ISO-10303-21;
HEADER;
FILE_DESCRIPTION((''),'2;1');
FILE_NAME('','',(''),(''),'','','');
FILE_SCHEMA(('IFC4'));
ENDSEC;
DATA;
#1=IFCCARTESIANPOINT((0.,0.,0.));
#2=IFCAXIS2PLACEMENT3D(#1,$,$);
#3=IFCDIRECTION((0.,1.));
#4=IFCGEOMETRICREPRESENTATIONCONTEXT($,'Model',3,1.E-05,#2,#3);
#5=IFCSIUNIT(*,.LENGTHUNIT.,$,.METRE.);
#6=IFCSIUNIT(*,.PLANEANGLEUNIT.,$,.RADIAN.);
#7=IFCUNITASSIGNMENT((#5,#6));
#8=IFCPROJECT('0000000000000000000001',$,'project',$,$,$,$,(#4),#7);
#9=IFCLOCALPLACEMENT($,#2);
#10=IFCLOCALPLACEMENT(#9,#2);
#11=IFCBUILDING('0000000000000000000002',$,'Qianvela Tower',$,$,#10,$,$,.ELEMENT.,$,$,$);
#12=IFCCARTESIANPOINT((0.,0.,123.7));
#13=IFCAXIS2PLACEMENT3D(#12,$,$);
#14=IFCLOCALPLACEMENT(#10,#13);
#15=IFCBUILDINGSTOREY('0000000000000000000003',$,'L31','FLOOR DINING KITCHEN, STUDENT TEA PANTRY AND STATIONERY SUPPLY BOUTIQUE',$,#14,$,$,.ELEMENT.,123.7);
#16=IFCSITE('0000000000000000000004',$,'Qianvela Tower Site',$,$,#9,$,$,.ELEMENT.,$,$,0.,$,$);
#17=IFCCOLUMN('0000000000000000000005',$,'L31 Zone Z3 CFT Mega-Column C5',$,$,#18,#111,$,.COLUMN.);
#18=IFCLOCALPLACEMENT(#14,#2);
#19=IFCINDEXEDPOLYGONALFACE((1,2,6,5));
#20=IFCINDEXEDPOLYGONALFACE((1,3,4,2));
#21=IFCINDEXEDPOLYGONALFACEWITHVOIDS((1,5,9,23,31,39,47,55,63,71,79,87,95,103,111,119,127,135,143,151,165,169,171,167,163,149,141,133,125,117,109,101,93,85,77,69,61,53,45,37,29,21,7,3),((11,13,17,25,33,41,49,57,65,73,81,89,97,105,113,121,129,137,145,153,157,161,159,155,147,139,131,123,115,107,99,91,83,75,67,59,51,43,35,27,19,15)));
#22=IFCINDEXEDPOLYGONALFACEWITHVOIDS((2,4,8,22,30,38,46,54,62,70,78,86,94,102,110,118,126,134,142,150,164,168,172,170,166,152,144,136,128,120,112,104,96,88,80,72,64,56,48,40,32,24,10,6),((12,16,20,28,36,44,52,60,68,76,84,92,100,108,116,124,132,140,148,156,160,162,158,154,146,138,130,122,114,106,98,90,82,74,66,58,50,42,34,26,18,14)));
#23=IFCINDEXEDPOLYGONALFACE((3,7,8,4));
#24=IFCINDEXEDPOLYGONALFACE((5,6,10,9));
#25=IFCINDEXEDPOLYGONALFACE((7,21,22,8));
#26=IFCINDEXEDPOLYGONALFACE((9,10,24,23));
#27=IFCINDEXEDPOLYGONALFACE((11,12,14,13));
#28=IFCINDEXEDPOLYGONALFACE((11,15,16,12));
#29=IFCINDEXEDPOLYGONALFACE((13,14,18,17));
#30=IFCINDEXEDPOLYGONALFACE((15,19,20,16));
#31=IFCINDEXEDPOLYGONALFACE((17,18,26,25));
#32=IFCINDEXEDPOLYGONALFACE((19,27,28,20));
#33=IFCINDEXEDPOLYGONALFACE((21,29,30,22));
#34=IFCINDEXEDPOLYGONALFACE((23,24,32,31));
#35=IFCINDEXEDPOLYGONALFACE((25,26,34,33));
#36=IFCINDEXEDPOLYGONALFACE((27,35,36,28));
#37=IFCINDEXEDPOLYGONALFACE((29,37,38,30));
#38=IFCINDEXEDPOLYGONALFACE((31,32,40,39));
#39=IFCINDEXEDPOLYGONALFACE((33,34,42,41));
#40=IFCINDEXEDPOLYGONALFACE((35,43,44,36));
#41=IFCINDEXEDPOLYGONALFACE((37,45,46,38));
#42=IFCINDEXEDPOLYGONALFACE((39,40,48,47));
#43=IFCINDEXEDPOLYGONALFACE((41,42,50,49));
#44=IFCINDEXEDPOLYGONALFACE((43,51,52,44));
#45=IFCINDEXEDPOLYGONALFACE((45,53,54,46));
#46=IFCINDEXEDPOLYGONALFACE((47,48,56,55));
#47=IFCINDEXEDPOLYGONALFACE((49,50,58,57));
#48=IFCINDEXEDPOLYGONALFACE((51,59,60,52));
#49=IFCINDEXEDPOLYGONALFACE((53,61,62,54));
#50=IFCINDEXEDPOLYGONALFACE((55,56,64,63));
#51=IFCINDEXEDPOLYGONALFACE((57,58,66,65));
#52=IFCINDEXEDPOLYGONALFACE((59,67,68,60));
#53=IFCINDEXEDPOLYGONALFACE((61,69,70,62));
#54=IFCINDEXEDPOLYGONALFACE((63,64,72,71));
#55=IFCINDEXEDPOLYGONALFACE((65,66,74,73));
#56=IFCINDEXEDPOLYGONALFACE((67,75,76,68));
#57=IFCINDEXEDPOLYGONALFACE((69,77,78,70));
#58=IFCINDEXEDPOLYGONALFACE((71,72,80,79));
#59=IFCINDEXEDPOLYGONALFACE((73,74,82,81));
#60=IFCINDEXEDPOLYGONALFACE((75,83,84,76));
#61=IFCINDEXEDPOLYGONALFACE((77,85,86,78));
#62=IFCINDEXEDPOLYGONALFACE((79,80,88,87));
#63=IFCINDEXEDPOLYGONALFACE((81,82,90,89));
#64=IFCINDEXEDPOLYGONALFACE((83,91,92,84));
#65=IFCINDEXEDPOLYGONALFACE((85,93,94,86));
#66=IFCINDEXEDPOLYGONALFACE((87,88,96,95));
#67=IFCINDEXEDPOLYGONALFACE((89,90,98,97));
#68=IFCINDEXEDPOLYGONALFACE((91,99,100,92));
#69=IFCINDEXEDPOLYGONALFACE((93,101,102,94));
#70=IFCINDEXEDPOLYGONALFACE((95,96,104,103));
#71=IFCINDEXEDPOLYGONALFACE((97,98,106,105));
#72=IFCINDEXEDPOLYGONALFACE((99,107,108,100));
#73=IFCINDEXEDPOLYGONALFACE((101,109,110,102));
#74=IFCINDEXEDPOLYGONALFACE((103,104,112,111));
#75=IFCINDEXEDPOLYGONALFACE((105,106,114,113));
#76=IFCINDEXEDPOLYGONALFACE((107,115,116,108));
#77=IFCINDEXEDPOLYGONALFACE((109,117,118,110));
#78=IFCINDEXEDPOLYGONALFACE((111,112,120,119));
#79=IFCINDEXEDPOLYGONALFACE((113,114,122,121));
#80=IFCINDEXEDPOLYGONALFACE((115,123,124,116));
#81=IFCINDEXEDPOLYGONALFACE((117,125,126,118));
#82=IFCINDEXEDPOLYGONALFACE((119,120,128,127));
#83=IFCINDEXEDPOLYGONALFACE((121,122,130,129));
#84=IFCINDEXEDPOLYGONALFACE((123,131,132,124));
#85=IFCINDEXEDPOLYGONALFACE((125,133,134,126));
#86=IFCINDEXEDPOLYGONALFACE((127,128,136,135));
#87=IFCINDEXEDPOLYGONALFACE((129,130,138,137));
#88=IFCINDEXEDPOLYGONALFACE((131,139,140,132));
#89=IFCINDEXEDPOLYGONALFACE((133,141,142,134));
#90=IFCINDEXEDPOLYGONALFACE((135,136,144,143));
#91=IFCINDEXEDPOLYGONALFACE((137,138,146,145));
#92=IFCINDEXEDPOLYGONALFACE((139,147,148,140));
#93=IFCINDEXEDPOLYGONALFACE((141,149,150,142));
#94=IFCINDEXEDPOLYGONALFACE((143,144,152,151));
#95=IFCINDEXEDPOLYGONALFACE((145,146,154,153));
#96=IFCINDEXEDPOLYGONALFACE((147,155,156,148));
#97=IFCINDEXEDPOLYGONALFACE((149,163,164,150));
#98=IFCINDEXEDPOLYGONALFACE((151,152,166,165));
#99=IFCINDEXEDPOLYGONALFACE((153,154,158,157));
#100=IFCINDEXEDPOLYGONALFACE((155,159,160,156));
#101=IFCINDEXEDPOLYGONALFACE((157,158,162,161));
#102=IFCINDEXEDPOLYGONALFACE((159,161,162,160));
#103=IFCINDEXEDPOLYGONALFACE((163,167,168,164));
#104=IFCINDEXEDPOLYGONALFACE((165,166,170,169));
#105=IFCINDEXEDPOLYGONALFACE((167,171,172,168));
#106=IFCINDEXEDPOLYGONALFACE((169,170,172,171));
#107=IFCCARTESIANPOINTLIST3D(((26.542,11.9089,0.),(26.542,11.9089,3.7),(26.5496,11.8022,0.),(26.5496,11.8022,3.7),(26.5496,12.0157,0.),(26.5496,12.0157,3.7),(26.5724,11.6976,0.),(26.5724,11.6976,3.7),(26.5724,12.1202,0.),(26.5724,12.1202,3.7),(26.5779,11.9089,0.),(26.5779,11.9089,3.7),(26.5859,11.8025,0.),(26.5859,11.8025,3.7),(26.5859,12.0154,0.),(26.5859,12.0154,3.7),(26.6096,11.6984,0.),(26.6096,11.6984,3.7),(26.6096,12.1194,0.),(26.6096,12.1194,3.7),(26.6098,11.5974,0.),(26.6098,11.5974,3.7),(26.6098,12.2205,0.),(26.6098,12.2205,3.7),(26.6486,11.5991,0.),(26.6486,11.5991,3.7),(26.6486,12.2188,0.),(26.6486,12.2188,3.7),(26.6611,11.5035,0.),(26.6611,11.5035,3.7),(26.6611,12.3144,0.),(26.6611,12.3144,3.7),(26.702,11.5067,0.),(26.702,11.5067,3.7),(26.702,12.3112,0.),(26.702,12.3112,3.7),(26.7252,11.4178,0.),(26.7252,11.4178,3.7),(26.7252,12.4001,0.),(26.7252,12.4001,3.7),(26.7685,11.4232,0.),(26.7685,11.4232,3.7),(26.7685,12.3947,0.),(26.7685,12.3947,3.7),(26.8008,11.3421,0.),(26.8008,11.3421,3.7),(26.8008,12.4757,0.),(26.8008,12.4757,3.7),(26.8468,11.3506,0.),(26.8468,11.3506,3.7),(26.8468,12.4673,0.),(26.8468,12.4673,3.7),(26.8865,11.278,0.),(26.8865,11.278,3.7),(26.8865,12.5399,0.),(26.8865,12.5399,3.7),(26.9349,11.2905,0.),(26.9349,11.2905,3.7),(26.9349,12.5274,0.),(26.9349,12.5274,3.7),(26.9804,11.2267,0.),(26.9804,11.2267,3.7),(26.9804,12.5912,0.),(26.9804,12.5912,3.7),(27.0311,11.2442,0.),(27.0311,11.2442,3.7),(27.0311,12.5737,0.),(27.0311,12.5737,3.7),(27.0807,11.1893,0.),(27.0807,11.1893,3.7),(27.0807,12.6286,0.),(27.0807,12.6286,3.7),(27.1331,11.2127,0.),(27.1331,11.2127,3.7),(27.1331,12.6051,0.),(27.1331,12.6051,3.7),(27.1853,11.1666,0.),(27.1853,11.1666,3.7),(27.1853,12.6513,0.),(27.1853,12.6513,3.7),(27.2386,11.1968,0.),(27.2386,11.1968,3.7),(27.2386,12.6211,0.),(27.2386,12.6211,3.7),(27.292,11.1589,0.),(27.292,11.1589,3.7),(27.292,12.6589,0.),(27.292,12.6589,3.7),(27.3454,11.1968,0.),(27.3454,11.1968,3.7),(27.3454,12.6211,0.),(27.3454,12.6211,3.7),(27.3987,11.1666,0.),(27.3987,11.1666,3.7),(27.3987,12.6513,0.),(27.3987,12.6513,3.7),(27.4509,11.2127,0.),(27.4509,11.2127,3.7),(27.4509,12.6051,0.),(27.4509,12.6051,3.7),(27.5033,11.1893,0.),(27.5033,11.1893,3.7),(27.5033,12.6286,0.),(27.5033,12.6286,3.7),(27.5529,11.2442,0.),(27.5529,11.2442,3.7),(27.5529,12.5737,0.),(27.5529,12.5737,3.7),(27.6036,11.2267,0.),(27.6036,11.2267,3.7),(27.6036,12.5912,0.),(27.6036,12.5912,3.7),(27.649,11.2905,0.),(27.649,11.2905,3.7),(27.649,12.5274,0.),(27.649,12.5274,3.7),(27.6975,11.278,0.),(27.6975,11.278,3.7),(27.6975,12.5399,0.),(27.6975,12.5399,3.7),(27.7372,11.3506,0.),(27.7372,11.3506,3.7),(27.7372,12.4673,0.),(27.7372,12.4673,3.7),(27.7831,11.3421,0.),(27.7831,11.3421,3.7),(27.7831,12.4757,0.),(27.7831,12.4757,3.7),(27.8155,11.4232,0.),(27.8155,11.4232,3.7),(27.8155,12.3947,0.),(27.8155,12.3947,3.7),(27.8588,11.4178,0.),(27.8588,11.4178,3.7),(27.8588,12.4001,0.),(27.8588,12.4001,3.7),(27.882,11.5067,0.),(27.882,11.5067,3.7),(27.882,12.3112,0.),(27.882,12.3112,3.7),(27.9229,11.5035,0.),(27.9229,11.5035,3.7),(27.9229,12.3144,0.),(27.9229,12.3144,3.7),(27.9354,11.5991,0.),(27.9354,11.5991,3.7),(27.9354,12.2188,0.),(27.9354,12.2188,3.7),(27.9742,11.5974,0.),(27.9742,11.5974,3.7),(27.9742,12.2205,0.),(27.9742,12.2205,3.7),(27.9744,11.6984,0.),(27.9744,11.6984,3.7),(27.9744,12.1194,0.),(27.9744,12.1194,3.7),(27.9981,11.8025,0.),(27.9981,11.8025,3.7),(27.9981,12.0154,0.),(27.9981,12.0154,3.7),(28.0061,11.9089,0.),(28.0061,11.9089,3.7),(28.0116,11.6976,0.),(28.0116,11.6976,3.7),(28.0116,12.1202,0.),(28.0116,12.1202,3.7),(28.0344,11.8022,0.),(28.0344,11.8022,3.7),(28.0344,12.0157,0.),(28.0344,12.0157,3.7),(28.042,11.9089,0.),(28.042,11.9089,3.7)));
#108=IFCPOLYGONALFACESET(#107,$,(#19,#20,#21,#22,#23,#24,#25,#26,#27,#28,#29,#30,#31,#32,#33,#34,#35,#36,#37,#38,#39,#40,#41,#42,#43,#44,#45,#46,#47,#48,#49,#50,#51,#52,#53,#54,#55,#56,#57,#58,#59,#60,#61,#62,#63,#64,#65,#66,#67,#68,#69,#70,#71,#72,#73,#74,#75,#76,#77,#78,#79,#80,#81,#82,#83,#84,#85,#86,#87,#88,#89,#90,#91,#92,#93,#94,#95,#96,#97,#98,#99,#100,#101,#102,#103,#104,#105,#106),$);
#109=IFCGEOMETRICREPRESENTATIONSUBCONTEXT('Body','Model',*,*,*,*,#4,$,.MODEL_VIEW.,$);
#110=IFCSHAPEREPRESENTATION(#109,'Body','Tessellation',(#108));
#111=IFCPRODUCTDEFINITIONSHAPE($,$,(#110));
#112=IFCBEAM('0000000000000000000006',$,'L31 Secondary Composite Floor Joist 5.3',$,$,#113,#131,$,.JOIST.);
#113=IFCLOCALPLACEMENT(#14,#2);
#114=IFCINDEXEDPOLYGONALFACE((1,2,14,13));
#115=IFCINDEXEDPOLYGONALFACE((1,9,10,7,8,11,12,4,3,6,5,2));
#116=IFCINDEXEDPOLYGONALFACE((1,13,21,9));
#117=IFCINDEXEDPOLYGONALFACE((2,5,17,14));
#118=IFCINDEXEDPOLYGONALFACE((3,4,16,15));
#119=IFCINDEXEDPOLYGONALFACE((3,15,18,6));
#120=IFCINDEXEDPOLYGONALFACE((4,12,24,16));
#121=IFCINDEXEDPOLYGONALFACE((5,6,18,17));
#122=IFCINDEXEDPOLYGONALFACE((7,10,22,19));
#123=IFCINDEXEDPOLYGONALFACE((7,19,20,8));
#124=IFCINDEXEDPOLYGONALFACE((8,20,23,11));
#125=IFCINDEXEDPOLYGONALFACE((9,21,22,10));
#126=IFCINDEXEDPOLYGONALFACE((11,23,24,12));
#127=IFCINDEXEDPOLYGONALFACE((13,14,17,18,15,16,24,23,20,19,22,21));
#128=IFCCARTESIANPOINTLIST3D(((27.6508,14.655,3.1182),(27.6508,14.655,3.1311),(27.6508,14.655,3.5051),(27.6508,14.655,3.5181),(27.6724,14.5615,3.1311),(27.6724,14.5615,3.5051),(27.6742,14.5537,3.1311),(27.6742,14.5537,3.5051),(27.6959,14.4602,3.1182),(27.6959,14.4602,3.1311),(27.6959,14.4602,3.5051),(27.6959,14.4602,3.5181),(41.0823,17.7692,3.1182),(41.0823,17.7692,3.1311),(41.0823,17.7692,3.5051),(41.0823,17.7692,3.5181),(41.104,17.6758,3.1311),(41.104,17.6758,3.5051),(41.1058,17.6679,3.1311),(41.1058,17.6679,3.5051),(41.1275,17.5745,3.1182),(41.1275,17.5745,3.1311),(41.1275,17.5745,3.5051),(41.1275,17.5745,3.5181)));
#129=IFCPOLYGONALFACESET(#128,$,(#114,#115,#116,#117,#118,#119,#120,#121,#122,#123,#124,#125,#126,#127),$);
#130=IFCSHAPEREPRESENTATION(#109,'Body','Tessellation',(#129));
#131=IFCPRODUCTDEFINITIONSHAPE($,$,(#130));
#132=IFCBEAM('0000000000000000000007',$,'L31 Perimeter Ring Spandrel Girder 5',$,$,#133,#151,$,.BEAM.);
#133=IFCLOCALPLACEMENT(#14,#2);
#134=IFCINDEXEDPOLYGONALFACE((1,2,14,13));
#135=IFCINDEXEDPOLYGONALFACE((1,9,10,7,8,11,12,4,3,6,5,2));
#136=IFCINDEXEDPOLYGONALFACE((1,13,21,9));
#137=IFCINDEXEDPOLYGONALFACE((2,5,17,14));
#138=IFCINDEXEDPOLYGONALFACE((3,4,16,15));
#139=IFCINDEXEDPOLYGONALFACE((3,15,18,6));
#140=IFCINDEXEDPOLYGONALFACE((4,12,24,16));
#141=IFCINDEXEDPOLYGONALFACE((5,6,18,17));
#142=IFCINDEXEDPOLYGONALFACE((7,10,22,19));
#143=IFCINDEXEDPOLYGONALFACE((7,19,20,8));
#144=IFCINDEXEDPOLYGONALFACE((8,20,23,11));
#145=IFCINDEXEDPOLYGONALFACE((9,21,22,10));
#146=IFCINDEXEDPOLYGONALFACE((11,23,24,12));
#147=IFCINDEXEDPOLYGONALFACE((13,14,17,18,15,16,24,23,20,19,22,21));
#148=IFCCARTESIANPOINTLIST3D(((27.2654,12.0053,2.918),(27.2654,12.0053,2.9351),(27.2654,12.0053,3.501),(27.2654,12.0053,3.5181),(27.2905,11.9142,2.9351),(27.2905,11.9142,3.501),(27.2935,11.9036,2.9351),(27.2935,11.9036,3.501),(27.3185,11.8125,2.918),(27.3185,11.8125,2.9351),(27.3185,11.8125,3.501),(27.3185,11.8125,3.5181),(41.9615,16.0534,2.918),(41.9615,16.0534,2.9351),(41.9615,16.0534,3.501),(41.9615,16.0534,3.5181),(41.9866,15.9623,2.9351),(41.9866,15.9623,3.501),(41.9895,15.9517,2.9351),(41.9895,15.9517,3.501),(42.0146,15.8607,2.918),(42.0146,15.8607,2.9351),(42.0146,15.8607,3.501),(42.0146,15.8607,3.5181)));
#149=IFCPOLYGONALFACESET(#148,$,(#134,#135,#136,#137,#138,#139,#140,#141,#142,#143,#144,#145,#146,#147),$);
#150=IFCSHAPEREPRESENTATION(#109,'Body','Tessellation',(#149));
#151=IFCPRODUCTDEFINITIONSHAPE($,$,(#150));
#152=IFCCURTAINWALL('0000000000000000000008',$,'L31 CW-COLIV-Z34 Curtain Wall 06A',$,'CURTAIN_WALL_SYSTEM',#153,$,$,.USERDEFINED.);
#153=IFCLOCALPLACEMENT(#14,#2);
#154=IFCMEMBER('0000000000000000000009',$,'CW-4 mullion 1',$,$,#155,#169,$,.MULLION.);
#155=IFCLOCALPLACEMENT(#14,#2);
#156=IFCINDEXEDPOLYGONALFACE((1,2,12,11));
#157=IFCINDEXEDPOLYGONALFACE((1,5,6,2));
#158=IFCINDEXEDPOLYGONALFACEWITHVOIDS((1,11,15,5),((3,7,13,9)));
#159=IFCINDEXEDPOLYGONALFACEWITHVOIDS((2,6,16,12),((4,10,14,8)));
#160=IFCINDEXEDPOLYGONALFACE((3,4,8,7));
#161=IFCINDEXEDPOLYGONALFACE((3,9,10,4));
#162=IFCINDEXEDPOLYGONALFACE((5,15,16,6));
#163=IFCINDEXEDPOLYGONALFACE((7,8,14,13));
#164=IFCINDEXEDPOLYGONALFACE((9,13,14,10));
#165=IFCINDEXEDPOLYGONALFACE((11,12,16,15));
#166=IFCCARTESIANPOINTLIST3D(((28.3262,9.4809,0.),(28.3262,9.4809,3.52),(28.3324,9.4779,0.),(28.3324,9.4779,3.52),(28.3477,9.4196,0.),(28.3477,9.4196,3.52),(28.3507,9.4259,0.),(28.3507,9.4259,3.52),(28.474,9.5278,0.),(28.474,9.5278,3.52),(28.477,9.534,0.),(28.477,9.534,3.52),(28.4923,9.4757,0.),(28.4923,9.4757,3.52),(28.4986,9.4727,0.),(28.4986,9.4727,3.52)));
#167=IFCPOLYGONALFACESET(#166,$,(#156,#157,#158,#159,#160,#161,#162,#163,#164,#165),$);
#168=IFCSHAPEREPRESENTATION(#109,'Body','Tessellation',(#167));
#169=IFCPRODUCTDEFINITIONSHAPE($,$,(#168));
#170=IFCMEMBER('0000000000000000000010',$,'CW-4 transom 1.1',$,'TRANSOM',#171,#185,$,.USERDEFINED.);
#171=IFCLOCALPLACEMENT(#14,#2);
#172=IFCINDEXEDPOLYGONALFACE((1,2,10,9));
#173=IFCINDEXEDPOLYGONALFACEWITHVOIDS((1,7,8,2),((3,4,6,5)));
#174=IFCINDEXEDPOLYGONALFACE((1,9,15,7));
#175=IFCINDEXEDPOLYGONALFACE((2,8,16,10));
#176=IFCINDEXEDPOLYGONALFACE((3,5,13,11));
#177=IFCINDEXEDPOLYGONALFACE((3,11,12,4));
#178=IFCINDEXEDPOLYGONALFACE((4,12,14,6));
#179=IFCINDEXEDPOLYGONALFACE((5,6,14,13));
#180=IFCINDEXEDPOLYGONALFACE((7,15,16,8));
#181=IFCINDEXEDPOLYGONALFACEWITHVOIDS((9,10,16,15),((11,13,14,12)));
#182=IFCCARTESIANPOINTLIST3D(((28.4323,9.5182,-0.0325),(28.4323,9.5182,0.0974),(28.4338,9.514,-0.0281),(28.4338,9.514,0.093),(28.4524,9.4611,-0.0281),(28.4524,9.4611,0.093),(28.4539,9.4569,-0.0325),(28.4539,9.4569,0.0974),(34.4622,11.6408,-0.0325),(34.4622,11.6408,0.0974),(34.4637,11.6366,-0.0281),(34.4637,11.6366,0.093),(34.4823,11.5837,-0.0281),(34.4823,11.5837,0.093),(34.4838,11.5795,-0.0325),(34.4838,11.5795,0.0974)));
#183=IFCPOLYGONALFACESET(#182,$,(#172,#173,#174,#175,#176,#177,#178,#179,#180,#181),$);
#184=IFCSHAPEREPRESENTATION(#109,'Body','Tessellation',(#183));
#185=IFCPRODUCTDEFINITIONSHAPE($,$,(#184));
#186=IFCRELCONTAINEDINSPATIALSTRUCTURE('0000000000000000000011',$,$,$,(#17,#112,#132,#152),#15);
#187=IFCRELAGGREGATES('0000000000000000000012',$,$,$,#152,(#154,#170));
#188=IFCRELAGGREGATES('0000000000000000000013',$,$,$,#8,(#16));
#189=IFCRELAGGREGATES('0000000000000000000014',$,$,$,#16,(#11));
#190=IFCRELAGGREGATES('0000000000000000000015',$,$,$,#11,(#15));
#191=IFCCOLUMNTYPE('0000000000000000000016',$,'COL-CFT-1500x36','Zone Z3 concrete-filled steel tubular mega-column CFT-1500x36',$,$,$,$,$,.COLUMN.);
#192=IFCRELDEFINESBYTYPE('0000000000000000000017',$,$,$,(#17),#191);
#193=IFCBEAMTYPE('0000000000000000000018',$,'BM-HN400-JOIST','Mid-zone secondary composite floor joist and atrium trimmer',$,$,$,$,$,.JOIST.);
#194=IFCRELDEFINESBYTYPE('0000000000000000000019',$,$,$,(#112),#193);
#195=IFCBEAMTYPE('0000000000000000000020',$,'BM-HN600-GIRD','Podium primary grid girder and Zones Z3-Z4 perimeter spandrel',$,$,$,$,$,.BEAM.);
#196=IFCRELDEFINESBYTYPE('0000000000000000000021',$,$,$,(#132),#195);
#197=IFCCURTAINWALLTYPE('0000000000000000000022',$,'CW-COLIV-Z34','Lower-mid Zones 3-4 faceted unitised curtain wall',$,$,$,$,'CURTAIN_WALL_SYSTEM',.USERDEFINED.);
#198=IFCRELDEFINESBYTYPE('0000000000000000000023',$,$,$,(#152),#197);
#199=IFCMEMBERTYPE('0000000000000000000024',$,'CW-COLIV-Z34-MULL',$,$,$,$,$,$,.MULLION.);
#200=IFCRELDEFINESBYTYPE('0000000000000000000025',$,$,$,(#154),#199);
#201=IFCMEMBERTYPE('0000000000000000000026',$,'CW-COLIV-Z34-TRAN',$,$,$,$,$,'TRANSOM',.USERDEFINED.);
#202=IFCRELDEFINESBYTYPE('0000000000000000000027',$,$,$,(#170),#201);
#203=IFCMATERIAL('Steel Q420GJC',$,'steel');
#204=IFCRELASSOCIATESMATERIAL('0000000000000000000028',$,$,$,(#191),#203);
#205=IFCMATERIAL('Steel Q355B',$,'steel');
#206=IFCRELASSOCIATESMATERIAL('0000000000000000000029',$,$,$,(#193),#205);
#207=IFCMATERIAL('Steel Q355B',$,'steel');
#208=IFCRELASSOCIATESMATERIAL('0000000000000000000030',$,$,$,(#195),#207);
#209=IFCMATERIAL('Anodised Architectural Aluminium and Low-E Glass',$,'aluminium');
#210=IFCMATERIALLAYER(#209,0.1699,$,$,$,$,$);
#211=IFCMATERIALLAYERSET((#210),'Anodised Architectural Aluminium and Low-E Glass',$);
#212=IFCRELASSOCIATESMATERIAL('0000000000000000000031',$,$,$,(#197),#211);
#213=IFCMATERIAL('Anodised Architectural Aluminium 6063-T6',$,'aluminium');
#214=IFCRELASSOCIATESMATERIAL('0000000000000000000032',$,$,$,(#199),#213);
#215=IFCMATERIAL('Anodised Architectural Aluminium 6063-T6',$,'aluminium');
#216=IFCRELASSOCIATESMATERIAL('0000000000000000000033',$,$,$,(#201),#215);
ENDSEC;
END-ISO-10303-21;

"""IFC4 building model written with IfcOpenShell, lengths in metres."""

from ifc_helpers import new_model, si_unit, direction, frame, origin, origin_2d, place, context, subcontext, project, spatial, hollow_rectangle, hollow_circle, i_section, extrude, material, layer, layer_set, material_profile, profile_set, type_object, element, aggregate, save


model = new_model("IFC4")

# Units and contexts
model_context = context("Model", 3, precision=1e-05, world=origin(), true_north=direction((0.0, 1.0)))
body_context = subcontext(model_context, "Body", "Model", "MODEL_VIEW")
ifc_project = project(units=[si_unit("LENGTHUNIT", "METRE"), si_unit("PLANEANGLEUNIT", "RADIAN")], contexts=[model_context])

# Site, building, storey
site_placement = place(None, origin())
site = spatial("IfcSite", under=ifc_project, at=site_placement, Name="Qianvela Tower Site", CompositionType="ELEMENT", RefElevation=0.0)
building_placement = place(site_placement, origin())
building = spatial("IfcBuilding", under=site, at=building_placement, Name="Qianvela Tower", CompositionType="ELEMENT")
storey_placement = place(building_placement, frame((0.0, 0.0, 123.7)))
storey = spatial("IfcBuildingStorey", under=building, at=storey_placement, Name="L31", Description="FLOOR DINING KITCHEN, STUDENT TEA PANTRY AND STATIONERY SUPPLY BOUTIQUE", CompositionType="ELEMENT", Elevation=123.7)

# Column
ifc_material_1 = material(Name="Steel Q420GJC", Category="steel")
ifc_material_profile_1 = material_profile(ifc_material_1, hollow_circle(Radius=0.75, WallThickness=0.0359, at=origin_2d()), Name="CFT-1500x36")
ifc_profile_set_1 = profile_set([ifc_material_profile_1], Name="Steel Q420GJC")
column_type = type_object("IfcColumnType", Name="COL-CFT-1500x36", Description="Zone Z3 concrete-filled steel tubular mega-column CFT-1500x36", PredefinedType="COLUMN", material=ifc_profile_set_1)
column_placement = place(storey_placement, frame((27.292, 11.9089, 0.0), z_axis=(0.0, 0.0, 1.0), x_axis=(1.0, 0.0, 0.0)))
element("IfcColumn", 1, at=column_placement, inside=storey, type_object=column_type, Name="L31 Zone Z3 CFT Mega-Column C5", PredefinedType="COLUMN", context=body_context, shape_type="SweptSolid", body=[
    extrude(hollow_circle(Radius=0.75, WallThickness=0.0359, at=origin_2d()), origin(), (0.0, 0.0, 1.0), 3.7),
])

# Beams
ifc_material_2 = material(Name="Steel Q355B", Category="steel")
ifc_material_profile_2 = material_profile(ifc_material_2, i_section(OverallWidth=0.2, OverallDepth=0.3999, WebThickness=0.0081, FlangeThickness=0.0129, at=origin_2d()), Name="HN400x200x8x13")
ifc_profile_set_2 = profile_set([ifc_material_profile_2], Name="Steel Q355B")
beam_type_1 = type_object("IfcBeamType", Name="BM-HN400-JOIST", Description="Mid-zone secondary composite floor joist and atrium trimmer", PredefinedType="JOIST", material=ifc_profile_set_2)
beam_1_placement = place(storey_placement, frame((27.6733, 14.5576, 3.3181), z_axis=(0.974158, 0.225868, 0.0), x_axis=(-0.225868, 0.974158, 0.0)))
element("IfcBeam", 2, at=beam_1_placement, inside=storey, type_object=beam_type_1, Name="L31 Secondary Composite Floor Joist 5.3", PredefinedType="JOIST", context=body_context, shape_type="SweptSolid", body=[
    extrude(i_section(OverallWidth=0.2, OverallDepth=0.3999, WebThickness=0.0081, FlangeThickness=0.0129, at=origin_2d()), origin(), (0.0, 0.0, 1.0), 13.7878),
])
ifc_material_3 = material(Name="Steel Q355B", Category="steel")
ifc_material_profile_3 = material_profile(ifc_material_3, i_section(OverallWidth=0.2, OverallDepth=0.6001, WebThickness=0.011, FlangeThickness=0.0171, at=origin_2d()), Name="HN600x200x11x17")
ifc_profile_set_3 = profile_set([ifc_material_profile_3], Name="Steel Q355B")
beam_type_2 = type_object("IfcBeamType", Name="BM-HN600-GIRD", Description="Podium primary grid girder and Zones Z3-Z4 perimeter spandrel", PredefinedType="BEAM", material=ifc_profile_set_3)
beam_2_placement = place(storey_placement, frame((27.292, 11.9089, 3.218), z_axis=(0.964093, 0.265564, 0.0), x_axis=(-0.265564, 0.964093, 0.0)))
element("IfcBeam", 3, at=beam_2_placement, inside=storey, type_object=beam_type_2, Name="L31 Perimeter Ring Spandrel Girder 5", PredefinedType="BEAM", context=body_context, shape_type="SweptSolid", body=[
    extrude(i_section(OverallWidth=0.2, OverallDepth=0.6001, WebThickness=0.011, FlangeThickness=0.0171, at=origin_2d()), origin(), (0.0, 0.0, 1.0), 15.2434),
])

# Curtain wall, members
ifc_material_4 = material(Name="Anodised Architectural Aluminium and Low-E Glass", Category="aluminium")
ifc_layer_1 = layer(ifc_material_4, 0.1699)
ifc_layer_set_1 = layer_set([ifc_layer_1], Name="Anodised Architectural Aluminium and Low-E Glass")
curtain_wall_type = type_object("IfcCurtainWallType", Name="CW-COLIV-Z34", Description="Lower-mid Zones 3-4 faceted unitised curtain wall", ElementType="CURTAIN_WALL_SYSTEM", PredefinedType="USERDEFINED", material=ifc_layer_set_1)
curtain_wall_placement = place(storey_placement, origin())
curtain_wall = element("IfcCurtainWall", 4, at=curtain_wall_placement, inside=storey, type_object=curtain_wall_type, Name="L31 CW-COLIV-Z34 Curtain Wall 06A", ObjectType="CURTAIN_WALL_SYSTEM", PredefinedType="USERDEFINED")
ifc_material_5 = material(Name="Anodised Architectural Aluminium 6063-T6", Category="aluminium")
ifc_material_profile_4 = material_profile(ifc_material_5, hollow_rectangle(XDim=0.0649, YDim=0.1599, WallThickness=0.0049, at=origin_2d()), Name="ALU-MULL-65x160")
ifc_profile_set_4 = profile_set([ifc_material_profile_4], Name="Anodised Architectural Aluminium 6063-T6")
member_type_1 = type_object("IfcMemberType", Name="CW-COLIV-Z34-MULL", PredefinedType="MULLION", material=ifc_profile_set_4)
member_1_placement = place(storey_placement, frame((28.4124, 9.4768, 0.0), z_axis=(0.0, 0.0, 1.0), x_axis=(-0.33205, 0.943262, 0.0)))
member_1 = element("IfcMember", 5, at=member_1_placement, type_object=member_type_1, Name="CW-4 mullion 1", PredefinedType="MULLION", context=body_context, shape_type="SweptSolid", body=[
    extrude(hollow_rectangle(XDim=0.0649, YDim=0.1599, WallThickness=0.0049, at=origin_2d()), origin(), (0.0, 0.0, 1.0), 3.52),
])
ifc_material_6 = material(Name="Anodised Architectural Aluminium 6063-T6", Category="aluminium")
ifc_material_profile_5 = material_profile(ifc_material_6, hollow_rectangle(XDim=0.0649, YDim=0.1299, WallThickness=0.0044, at=origin_2d()), Name="ALU-TRAN-65x130")
ifc_profile_set_5 = profile_set([ifc_material_profile_5], Name="Anodised Architectural Aluminium 6063-T6")
member_type_2 = type_object("IfcMemberType", Name="CW-COLIV-Z34-TRAN", ElementType="TRANSOM", PredefinedType="USERDEFINED", material=ifc_profile_set_5)
member_2_placement = place(storey_placement, frame((28.4431, 9.4875, 0.0325), z_axis=(0.943265, 0.332041, 0.0), x_axis=(-0.332041, 0.943265, 0.0)))
member_2 = element("IfcMember", 6, at=member_2_placement, type_object=member_type_2, Name="CW-4 transom 1.1", ObjectType="TRANSOM", PredefinedType="USERDEFINED", context=body_context, shape_type="SweptSolid", body=[
    extrude(hollow_rectangle(XDim=0.0649, YDim=0.1299, WallThickness=0.0044, at=origin_2d()), origin(), (0.0, 0.0, 1.0), 6.3926),
])
aggregate(curtain_wall, [member_1, member_2])

save(model, "model.ifc")
